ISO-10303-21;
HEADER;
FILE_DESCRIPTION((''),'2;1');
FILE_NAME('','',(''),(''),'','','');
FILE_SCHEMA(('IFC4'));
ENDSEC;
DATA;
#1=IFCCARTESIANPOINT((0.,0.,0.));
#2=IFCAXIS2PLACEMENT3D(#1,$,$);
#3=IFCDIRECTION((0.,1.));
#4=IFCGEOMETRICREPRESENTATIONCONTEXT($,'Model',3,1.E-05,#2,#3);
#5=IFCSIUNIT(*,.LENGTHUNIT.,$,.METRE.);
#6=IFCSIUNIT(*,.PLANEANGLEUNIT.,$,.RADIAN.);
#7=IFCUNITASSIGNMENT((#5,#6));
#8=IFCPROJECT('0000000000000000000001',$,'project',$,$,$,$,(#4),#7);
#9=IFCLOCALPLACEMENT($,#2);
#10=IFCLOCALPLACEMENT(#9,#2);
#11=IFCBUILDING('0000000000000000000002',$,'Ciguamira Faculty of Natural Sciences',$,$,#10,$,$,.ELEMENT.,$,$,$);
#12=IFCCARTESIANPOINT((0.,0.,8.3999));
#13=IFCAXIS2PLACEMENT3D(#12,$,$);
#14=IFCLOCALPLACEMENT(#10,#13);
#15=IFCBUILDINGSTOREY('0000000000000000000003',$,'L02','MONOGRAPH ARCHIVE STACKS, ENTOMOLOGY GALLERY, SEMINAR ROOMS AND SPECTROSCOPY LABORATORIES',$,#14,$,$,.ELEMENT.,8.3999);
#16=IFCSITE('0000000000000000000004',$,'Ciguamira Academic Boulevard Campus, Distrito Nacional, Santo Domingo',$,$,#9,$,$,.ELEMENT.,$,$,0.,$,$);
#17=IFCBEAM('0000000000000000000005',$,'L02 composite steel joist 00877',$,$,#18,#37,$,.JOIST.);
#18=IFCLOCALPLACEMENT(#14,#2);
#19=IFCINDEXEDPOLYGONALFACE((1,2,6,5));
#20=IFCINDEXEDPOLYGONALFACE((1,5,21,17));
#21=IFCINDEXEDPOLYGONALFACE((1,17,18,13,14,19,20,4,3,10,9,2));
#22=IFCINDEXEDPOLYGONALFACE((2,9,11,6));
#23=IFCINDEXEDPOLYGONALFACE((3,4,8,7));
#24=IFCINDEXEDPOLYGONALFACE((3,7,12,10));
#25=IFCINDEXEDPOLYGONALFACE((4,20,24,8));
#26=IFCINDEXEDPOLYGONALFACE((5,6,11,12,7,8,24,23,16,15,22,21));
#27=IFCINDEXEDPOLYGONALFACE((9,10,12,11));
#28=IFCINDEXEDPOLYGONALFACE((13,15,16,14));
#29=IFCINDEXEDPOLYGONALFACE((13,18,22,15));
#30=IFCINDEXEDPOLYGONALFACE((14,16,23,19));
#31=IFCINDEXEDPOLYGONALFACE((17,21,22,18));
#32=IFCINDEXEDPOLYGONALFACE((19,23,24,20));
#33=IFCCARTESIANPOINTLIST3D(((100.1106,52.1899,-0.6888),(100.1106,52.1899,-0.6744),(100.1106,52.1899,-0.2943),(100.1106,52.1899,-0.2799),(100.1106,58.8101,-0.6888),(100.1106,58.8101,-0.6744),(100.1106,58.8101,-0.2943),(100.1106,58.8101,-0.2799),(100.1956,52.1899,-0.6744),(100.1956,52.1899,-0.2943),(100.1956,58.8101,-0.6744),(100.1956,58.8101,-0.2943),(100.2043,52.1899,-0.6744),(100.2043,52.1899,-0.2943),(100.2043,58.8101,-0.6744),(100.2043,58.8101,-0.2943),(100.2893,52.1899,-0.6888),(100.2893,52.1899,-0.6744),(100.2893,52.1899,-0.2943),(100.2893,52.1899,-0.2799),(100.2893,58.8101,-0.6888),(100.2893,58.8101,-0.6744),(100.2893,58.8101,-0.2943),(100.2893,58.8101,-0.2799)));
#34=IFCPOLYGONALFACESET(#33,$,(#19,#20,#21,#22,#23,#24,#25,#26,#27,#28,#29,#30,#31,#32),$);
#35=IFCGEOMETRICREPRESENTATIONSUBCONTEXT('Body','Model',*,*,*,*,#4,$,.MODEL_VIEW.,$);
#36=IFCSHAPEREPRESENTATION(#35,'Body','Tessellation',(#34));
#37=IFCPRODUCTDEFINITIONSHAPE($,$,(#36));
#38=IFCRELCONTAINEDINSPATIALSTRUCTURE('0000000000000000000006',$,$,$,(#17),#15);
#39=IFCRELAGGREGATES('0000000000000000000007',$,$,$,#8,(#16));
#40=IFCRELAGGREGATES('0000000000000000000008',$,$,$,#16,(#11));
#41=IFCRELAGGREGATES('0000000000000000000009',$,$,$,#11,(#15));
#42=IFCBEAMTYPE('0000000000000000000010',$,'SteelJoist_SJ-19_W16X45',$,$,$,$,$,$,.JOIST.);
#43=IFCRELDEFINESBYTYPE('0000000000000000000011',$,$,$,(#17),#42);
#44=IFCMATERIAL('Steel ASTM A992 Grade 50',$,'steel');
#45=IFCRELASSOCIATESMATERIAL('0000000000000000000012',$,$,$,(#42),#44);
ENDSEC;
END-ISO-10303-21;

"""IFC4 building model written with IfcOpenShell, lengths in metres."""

from ifc_helpers import new_model, si_unit, direction, frame, origin, origin_2d, place, context, subcontext, project, spatial, i_section, extrude, material, material_profile, profile_set, type_object, element, save


model = new_model("IFC4")

# Units and contexts
model_context = context("Model", 3, precision=1e-05, world=origin(), true_north=direction((0.0, 1.0)))
body_context = subcontext(model_context, "Body", "Model", "MODEL_VIEW")
ifc_project = project(units=[si_unit("LENGTHUNIT", "METRE"), si_unit("PLANEANGLEUNIT", "RADIAN")], contexts=[model_context])

# Site, building, storey
site_placement = place(None, origin())
site = spatial("IfcSite", under=ifc_project, at=site_placement, Name="Ciguamira Academic Boulevard Campus, Distrito Nacional, Santo Domingo", CompositionType="ELEMENT", RefElevation=0.0)
building_placement = place(site_placement, origin())
building = spatial("IfcBuilding", under=site, at=building_placement, Name="Ciguamira Faculty of Natural Sciences", CompositionType="ELEMENT")
storey_placement = place(building_placement, frame((0.0, 0.0, 8.3999)))
storey = spatial("IfcBuildingStorey", under=building, at=storey_placement, Name="L02", Description="MONOGRAPH ARCHIVE STACKS, ENTOMOLOGY GALLERY, SEMINAR ROOMS AND SPECTROSCOPY LABORATORIES", CompositionType="ELEMENT", Elevation=8.3999)

# Beam
ifc_material_1 = material(Name="Steel ASTM A992 Grade 50", Category="steel")
ifc_material_profile_1 = material_profile(ifc_material_1, i_section(OverallWidth=0.1787, OverallDepth=0.4089, WebThickness=0.0088, FlangeThickness=0.0144, at=origin_2d()), Name="W16X45")
ifc_profile_set_1 = profile_set([ifc_material_profile_1], Name="Steel ASTM A992 Grade 50")
beam_type_1 = type_object("IfcBeamType", Name="SteelJoist_SJ-19_W16X45", PredefinedType="JOIST", material=ifc_profile_set_1)
beam_1_placement = place(storey_placement, frame((100.2, 52.1899, -0.4844), z_axis=(0.0, 1.0, 0.0), x_axis=(-1.0, 0.0, 0.0)))
element("IfcBeam", 1, at=beam_1_placement, inside=storey, type_object=beam_type_1, Name="L02 composite steel joist 00877", PredefinedType="JOIST", context=body_context, shape_type="SweptSolid", body=[
    extrude(i_section(OverallWidth=0.1787, OverallDepth=0.4089, WebThickness=0.0088, FlangeThickness=0.0144, at=origin_2d()), origin(), (0.0, 0.0, 1.0), 6.6201),
])

save(model, "model.ifc")
